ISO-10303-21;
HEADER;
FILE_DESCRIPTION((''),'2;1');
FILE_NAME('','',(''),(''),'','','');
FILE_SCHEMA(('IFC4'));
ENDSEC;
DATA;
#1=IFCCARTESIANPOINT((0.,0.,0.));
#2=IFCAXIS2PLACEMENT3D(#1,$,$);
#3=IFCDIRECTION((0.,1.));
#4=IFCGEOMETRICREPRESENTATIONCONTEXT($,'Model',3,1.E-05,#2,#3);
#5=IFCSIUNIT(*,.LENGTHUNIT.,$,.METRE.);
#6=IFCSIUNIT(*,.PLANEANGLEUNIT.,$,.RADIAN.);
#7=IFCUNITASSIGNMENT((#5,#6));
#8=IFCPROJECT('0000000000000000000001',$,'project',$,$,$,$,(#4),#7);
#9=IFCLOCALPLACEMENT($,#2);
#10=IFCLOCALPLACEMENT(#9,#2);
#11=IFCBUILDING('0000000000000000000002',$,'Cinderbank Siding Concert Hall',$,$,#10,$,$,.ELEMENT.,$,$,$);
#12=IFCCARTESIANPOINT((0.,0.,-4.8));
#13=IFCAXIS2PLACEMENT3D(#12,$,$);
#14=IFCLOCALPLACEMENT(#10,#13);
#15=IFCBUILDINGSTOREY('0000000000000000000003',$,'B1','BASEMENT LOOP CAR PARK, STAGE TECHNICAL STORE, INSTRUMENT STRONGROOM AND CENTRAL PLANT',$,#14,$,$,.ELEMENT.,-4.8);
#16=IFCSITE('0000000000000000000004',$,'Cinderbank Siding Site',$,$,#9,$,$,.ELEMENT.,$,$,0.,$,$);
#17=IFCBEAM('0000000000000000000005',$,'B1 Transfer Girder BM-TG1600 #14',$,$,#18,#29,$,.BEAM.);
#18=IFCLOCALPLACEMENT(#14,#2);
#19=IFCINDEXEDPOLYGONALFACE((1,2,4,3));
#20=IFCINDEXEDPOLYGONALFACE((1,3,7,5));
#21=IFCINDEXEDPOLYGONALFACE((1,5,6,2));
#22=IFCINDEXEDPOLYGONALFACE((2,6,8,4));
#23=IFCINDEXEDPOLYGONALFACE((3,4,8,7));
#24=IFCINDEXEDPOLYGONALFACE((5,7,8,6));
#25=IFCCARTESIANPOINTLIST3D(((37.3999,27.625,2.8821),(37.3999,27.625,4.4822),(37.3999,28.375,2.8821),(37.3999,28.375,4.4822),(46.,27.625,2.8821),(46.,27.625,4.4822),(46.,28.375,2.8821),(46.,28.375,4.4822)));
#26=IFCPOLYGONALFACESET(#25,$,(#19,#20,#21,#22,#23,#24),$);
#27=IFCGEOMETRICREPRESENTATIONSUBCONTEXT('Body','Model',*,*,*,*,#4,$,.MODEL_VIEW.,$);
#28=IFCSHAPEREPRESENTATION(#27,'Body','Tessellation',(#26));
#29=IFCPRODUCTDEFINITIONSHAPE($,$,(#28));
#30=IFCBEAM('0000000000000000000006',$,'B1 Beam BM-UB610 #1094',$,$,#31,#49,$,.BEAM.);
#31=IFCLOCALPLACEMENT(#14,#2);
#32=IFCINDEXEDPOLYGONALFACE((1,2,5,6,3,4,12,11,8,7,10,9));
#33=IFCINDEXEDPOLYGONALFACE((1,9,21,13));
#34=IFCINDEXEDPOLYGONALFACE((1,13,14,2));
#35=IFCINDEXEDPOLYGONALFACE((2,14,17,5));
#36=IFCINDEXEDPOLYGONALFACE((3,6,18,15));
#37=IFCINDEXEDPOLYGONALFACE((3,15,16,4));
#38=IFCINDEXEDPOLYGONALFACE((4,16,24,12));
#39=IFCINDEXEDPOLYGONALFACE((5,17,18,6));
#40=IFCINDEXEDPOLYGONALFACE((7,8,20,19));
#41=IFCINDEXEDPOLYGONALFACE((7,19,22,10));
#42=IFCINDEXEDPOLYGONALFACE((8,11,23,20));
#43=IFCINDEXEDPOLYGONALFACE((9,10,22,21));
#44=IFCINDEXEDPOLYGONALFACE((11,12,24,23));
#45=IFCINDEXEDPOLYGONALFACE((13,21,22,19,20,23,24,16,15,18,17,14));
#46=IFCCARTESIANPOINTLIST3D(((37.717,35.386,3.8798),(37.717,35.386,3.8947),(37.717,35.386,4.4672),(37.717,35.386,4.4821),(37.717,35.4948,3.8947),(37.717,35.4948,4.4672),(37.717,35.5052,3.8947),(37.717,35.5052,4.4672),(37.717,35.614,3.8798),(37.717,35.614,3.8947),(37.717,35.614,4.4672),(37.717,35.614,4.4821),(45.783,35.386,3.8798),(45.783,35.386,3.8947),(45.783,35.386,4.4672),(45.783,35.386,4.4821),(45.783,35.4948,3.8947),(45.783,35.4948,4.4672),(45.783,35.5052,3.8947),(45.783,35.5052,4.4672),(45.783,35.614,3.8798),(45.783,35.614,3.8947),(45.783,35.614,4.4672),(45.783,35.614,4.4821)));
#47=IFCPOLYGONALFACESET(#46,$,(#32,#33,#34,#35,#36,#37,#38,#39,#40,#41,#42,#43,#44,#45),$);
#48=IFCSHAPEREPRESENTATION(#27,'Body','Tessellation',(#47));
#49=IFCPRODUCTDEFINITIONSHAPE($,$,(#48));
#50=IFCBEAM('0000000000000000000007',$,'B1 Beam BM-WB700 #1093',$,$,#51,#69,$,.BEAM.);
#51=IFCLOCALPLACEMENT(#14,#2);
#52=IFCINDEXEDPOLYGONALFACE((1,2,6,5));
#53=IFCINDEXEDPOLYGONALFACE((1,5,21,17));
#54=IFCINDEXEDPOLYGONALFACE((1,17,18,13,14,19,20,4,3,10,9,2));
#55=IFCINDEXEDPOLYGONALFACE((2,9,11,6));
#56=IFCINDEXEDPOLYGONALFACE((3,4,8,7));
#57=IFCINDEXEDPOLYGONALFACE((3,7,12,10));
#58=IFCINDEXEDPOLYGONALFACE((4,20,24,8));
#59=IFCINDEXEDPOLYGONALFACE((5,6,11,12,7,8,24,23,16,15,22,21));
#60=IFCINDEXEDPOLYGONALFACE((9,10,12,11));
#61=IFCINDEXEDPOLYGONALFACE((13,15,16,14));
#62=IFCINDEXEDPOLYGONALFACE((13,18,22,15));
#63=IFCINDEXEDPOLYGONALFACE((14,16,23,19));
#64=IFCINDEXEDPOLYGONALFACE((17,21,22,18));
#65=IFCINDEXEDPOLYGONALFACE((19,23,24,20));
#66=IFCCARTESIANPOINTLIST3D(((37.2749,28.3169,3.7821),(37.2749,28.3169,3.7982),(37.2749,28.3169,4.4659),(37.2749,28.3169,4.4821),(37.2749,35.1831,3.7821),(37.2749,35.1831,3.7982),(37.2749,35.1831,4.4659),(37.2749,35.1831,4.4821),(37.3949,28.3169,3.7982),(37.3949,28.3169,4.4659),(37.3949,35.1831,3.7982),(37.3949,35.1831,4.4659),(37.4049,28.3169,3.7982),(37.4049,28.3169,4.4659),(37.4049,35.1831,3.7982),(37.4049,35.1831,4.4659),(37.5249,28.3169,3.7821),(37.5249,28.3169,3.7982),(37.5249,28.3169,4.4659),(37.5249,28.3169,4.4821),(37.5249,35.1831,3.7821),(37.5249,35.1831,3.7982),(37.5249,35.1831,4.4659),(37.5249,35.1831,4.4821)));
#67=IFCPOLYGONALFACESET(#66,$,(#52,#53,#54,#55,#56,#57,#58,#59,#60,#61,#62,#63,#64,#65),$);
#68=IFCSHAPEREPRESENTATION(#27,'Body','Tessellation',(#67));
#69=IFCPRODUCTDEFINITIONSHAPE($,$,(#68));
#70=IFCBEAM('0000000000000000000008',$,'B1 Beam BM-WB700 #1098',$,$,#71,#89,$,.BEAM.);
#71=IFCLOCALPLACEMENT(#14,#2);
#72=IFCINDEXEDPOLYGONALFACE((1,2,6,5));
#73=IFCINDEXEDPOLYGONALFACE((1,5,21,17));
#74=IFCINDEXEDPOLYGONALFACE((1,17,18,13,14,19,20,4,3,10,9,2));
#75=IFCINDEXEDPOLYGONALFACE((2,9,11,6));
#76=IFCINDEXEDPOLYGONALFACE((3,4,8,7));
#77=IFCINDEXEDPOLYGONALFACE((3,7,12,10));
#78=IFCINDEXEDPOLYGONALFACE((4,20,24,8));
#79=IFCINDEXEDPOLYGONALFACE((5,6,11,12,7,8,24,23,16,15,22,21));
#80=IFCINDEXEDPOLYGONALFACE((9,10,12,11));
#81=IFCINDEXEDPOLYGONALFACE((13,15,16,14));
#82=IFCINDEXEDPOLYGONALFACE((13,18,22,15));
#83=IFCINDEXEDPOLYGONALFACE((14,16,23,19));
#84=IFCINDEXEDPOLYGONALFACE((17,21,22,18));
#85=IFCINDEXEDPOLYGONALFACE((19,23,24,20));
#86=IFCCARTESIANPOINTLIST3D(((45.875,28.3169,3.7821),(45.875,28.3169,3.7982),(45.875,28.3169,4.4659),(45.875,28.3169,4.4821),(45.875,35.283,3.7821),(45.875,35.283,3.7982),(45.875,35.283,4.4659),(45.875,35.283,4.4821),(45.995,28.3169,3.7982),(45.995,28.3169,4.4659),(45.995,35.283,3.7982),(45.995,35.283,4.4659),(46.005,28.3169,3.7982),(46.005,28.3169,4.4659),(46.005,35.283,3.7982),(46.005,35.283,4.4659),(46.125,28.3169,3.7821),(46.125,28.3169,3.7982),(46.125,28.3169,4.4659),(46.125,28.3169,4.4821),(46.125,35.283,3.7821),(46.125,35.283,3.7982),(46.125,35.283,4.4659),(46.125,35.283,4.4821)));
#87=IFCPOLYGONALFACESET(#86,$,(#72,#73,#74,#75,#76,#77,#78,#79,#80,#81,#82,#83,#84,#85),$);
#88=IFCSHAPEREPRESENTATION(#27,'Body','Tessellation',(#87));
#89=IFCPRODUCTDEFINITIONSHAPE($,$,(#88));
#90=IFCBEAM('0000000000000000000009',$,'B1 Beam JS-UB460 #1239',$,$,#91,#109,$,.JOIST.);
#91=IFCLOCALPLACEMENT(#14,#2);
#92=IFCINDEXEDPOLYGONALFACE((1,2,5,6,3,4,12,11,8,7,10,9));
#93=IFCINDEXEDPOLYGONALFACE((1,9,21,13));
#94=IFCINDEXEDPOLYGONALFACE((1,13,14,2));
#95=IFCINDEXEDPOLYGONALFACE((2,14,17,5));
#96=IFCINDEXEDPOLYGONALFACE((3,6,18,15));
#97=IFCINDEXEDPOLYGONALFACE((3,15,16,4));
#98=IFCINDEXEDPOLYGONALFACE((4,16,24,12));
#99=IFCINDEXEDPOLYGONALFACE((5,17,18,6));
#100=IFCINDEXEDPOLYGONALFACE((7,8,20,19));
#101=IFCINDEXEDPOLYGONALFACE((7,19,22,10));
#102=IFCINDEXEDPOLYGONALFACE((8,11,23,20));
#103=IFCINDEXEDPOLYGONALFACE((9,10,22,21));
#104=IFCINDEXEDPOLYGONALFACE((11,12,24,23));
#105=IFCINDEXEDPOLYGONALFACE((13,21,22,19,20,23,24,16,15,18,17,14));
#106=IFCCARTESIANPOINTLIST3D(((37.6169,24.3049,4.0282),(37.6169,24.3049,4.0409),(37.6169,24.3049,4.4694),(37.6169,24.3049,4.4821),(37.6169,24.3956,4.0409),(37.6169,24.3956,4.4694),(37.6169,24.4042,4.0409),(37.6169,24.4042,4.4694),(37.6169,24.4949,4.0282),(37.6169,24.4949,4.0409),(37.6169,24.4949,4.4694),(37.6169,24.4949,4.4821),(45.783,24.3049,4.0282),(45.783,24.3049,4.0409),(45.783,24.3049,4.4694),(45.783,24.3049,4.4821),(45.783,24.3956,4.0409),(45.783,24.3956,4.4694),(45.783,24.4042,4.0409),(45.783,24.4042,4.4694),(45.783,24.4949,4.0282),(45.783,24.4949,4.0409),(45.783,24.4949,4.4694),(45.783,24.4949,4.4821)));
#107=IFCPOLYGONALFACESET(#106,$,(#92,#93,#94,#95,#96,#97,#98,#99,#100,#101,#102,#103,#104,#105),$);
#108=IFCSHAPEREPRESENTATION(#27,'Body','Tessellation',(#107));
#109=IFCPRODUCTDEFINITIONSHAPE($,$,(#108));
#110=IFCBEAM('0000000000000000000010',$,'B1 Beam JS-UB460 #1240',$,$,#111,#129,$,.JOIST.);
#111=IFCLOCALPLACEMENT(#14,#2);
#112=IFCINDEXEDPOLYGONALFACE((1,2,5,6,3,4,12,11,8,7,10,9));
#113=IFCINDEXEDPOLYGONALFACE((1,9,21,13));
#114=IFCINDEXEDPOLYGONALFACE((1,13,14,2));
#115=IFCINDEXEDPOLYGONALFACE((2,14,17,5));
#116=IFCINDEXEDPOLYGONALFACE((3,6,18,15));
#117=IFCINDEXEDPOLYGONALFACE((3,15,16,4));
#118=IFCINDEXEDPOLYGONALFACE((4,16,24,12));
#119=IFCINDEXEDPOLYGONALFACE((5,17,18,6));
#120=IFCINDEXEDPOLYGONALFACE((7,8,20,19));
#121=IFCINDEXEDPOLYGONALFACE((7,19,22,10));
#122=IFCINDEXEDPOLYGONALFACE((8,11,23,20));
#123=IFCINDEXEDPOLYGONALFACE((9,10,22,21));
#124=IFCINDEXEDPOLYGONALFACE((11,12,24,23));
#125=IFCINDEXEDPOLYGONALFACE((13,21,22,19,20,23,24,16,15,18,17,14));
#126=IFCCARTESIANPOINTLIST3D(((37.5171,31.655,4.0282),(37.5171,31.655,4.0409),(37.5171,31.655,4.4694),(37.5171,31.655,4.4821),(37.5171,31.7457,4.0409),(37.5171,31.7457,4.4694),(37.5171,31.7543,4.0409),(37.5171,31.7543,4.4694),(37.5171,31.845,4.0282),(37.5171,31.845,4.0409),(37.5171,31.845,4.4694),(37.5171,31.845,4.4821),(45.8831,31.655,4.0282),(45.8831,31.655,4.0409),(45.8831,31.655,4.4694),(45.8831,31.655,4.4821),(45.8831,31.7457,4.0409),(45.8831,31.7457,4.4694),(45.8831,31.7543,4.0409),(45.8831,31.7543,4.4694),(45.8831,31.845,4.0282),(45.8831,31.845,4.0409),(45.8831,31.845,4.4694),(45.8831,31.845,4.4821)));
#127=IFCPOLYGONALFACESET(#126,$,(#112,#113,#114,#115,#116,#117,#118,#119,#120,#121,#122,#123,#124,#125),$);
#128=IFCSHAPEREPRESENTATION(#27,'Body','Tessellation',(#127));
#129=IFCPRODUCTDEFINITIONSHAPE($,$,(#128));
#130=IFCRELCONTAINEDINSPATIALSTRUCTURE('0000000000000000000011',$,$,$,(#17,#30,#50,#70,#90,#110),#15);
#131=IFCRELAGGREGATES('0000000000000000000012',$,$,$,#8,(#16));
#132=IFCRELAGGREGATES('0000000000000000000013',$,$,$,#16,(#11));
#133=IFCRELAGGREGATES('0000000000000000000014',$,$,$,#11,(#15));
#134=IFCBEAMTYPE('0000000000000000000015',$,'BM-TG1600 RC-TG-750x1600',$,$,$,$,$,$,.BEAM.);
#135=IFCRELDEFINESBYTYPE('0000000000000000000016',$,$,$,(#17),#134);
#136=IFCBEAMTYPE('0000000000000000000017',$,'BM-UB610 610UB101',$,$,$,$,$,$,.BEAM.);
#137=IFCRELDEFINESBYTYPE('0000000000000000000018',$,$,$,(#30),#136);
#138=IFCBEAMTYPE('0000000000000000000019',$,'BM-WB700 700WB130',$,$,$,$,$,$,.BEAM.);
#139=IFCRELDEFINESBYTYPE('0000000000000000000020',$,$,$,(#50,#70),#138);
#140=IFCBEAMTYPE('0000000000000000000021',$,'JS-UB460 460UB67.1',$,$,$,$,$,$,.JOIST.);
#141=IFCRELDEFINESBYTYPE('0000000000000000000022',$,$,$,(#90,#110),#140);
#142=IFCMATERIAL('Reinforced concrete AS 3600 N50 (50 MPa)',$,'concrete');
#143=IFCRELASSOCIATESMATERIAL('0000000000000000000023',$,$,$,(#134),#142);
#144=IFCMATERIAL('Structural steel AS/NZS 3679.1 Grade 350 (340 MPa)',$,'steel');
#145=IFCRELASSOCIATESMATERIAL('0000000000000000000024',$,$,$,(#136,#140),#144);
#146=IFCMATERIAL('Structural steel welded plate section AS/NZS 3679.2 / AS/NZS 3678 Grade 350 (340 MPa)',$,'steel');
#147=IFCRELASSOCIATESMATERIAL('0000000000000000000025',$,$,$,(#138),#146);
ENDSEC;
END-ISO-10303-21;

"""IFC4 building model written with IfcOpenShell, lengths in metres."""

from ifc_helpers import new_model, si_unit, direction, frame, origin, origin_2d, place, context, subcontext, project, spatial, rectangle, i_section, extrude, material, material_profile, profile_set, type_object, element, save


model = new_model("IFC4")

# Units and contexts
model_context = context("Model", 3, precision=1e-05, world=origin(), true_north=direction((0.0, 1.0)))
body_context = subcontext(model_context, "Body", "Model", "MODEL_VIEW")
ifc_project = project(units=[si_unit("LENGTHUNIT", "METRE"), si_unit("PLANEANGLEUNIT", "RADIAN")], contexts=[model_context])

# Site, building, storey
site_placement = place(None, origin())
site = spatial("IfcSite", under=ifc_project, at=site_placement, Name="Cinderbank Siding Site", CompositionType="ELEMENT", RefElevation=0.0)
building_placement = place(site_placement, origin())
building = spatial("IfcBuilding", under=site, at=building_placement, Name="Cinderbank Siding Concert Hall", CompositionType="ELEMENT")
storey_placement = place(building_placement, frame((0.0, 0.0, -4.8)))
storey = spatial("IfcBuildingStorey", under=building, at=storey_placement, Name="B1", Description="BASEMENT LOOP CAR PARK, STAGE TECHNICAL STORE, INSTRUMENT STRONGROOM AND CENTRAL PLANT", CompositionType="ELEMENT", Elevation=-4.8)

# Shared definitions
ifc_material_1 = material(Name="Reinforced concrete AS 3600 N50 (50 MPa)", Category="concrete")

# Beams
ifc_material_profile_1 = material_profile(ifc_material_1, rectangle(XDim=0.75, YDim=1.6001, at=origin_2d()), Name="RC-TG-750x1600", Category="LoadBearing")
ifc_profile_set_1 = profile_set([ifc_material_profile_1], Name="Reinforced concrete AS 3600 N50 (50 MPa)")
beam_type_1 = type_object("IfcBeamType", Name="BM-TG1600 RC-TG-750x1600", PredefinedType="BEAM", material=ifc_profile_set_1)
beam_1_placement = place(storey_placement, frame((37.3999, 28.0, 3.6821), z_axis=(1.0, 0.0, 0.0), x_axis=(0.0, 1.0, 0.0)))
element("IfcBeam", 1, at=beam_1_placement, inside=storey, type_object=beam_type_1, Name="B1 Transfer Girder BM-TG1600 #14", PredefinedType="BEAM", context=body_context, shape_type="SweptSolid", body=[
    extrude(rectangle(XDim=0.75, YDim=1.6001, at=origin_2d()), origin(), (0.0, 0.0, 1.0), 8.6001),
])
ifc_material_2 = material(Name="Structural steel AS/NZS 3679.1 Grade 350 (340 MPa)", Category="steel")
ifc_material_profile_2 = material_profile(ifc_material_2, i_section(OverallWidth=0.228, OverallDepth=0.6023, WebThickness=0.0105, FlangeThickness=0.0149, at=origin_2d()), Name="610UB101", Category="LoadBearing")
ifc_profile_set_2 = profile_set([ifc_material_profile_2], Name="Structural steel AS/NZS 3679.1 Grade 350 (340 MPa)")
beam_type_2 = type_object("IfcBeamType", Name="BM-UB610 610UB101", PredefinedType="BEAM", material=ifc_profile_set_2)
beam_2_placement = place(storey_placement, frame((37.717, 35.5, 4.1809), z_axis=(1.0, 0.0, 0.0), x_axis=(0.0, 1.0, 0.0)))
element("IfcBeam", 2, at=beam_2_placement, inside=storey, type_object=beam_type_2, Name="B1 Beam BM-UB610 #1094", PredefinedType="BEAM", context=body_context, shape_type="SweptSolid", body=[
    extrude(i_section(OverallWidth=0.228, OverallDepth=0.6023, WebThickness=0.0105, FlangeThickness=0.0149, at=origin_2d()), origin(), (0.0, 0.0, 1.0), 8.0659),
])
ifc_material_3 = material(Name="Structural steel welded plate section AS/NZS 3679.2 / AS/NZS 3678 Grade 350 (340 MPa)", Category="steel")
ifc_material_profile_3 = material_profile(ifc_material_3, i_section(OverallWidth=0.25, OverallDepth=0.7, WebThickness=0.01, FlangeThickness=0.0161, at=origin_2d()), Name="700WB130", Category="LoadBearing")
ifc_profile_set_3 = profile_set([ifc_material_profile_3], Name="Structural steel welded plate section AS/NZS 3679.2 / AS/NZS 3678 Grade 350 (340 MPa)")
beam_type_3 = type_object("IfcBeamType", Name="BM-WB700 700WB130", PredefinedType="BEAM", material=ifc_profile_set_3)
beam_3_placement = place(storey_placement, frame((37.3999, 28.3169, 4.1321), z_axis=(0.0, 1.0, 0.0), x_axis=(-1.0, 0.0, 0.0)))
element("IfcBeam", 3, at=beam_3_placement, inside=storey, type_object=beam_type_3, Name="B1 Beam BM-WB700 #1093", PredefinedType="BEAM", context=body_context, shape_type="SweptSolid", body=[
    extrude(i_section(OverallWidth=0.25, OverallDepth=0.7, WebThickness=0.01, FlangeThickness=0.0161, at=origin_2d()), origin(), (0.0, 0.0, 1.0), 6.8662),
])
beam_4_placement = place(storey_placement, frame((46.0, 28.3169, 4.1321), z_axis=(0.0, 1.0, 0.0), x_axis=(-1.0, 0.0, 0.0)))
element("IfcBeam", 4, at=beam_4_placement, inside=storey, type_object=beam_type_3, Name="B1 Beam BM-WB700 #1098", PredefinedType="BEAM", context=body_context, shape_type="SweptSolid", body=[
    extrude(i_section(OverallWidth=0.25, OverallDepth=0.7, WebThickness=0.01, FlangeThickness=0.0161, at=origin_2d()), origin(), (0.0, 0.0, 1.0), 6.9661),
])
ifc_material_profile_4 = material_profile(ifc_material_2, i_section(OverallWidth=0.1899, OverallDepth=0.4539, WebThickness=0.0085, FlangeThickness=0.0127, at=origin_2d()), Name="460UB67.1", Category="LoadBearing")
ifc_profile_set_4 = profile_set([ifc_material_profile_4], Name="Structural steel AS/NZS 3679.1 Grade 350 (340 MPa)")
beam_type_4 = type_object("IfcBeamType", Name="JS-UB460 460UB67.1", PredefinedType="JOIST", material=ifc_profile_set_4)
beam_5_placement = place(storey_placement, frame((37.6169, 24.3999, 4.2551), z_axis=(1.0, 0.0, 0.0), x_axis=(0.0, 1.0, 0.0)))
element("IfcBeam", 5, at=beam_5_placement, inside=storey, type_object=beam_type_4, Name="B1 Beam JS-UB460 #1239", PredefinedType="JOIST", context=body_context, shape_type="SweptSolid", body=[
    extrude(i_section(OverallWidth=0.1899, OverallDepth=0.4539, WebThickness=0.0085, FlangeThickness=0.0127, at=origin_2d()), origin(), (0.0, 0.0, 1.0), 8.166),
])
beam_6_placement = place(storey_placement, frame((37.5171, 31.75, 4.2551), z_axis=(1.0, 0.0, 0.0), x_axis=(0.0, 1.0, 0.0)))
element("IfcBeam", 6, at=beam_6_placement, inside=storey, type_object=beam_type_4, Name="B1 Beam JS-UB460 #1240", PredefinedType="JOIST", context=body_context, shape_type="SweptSolid", body=[
    extrude(i_section(OverallWidth=0.1899, OverallDepth=0.4539, WebThickness=0.0085, FlangeThickness=0.0127, at=origin_2d()), origin(), (0.0, 0.0, 1.0), 8.366),
])

save(model, "model.ifc")
